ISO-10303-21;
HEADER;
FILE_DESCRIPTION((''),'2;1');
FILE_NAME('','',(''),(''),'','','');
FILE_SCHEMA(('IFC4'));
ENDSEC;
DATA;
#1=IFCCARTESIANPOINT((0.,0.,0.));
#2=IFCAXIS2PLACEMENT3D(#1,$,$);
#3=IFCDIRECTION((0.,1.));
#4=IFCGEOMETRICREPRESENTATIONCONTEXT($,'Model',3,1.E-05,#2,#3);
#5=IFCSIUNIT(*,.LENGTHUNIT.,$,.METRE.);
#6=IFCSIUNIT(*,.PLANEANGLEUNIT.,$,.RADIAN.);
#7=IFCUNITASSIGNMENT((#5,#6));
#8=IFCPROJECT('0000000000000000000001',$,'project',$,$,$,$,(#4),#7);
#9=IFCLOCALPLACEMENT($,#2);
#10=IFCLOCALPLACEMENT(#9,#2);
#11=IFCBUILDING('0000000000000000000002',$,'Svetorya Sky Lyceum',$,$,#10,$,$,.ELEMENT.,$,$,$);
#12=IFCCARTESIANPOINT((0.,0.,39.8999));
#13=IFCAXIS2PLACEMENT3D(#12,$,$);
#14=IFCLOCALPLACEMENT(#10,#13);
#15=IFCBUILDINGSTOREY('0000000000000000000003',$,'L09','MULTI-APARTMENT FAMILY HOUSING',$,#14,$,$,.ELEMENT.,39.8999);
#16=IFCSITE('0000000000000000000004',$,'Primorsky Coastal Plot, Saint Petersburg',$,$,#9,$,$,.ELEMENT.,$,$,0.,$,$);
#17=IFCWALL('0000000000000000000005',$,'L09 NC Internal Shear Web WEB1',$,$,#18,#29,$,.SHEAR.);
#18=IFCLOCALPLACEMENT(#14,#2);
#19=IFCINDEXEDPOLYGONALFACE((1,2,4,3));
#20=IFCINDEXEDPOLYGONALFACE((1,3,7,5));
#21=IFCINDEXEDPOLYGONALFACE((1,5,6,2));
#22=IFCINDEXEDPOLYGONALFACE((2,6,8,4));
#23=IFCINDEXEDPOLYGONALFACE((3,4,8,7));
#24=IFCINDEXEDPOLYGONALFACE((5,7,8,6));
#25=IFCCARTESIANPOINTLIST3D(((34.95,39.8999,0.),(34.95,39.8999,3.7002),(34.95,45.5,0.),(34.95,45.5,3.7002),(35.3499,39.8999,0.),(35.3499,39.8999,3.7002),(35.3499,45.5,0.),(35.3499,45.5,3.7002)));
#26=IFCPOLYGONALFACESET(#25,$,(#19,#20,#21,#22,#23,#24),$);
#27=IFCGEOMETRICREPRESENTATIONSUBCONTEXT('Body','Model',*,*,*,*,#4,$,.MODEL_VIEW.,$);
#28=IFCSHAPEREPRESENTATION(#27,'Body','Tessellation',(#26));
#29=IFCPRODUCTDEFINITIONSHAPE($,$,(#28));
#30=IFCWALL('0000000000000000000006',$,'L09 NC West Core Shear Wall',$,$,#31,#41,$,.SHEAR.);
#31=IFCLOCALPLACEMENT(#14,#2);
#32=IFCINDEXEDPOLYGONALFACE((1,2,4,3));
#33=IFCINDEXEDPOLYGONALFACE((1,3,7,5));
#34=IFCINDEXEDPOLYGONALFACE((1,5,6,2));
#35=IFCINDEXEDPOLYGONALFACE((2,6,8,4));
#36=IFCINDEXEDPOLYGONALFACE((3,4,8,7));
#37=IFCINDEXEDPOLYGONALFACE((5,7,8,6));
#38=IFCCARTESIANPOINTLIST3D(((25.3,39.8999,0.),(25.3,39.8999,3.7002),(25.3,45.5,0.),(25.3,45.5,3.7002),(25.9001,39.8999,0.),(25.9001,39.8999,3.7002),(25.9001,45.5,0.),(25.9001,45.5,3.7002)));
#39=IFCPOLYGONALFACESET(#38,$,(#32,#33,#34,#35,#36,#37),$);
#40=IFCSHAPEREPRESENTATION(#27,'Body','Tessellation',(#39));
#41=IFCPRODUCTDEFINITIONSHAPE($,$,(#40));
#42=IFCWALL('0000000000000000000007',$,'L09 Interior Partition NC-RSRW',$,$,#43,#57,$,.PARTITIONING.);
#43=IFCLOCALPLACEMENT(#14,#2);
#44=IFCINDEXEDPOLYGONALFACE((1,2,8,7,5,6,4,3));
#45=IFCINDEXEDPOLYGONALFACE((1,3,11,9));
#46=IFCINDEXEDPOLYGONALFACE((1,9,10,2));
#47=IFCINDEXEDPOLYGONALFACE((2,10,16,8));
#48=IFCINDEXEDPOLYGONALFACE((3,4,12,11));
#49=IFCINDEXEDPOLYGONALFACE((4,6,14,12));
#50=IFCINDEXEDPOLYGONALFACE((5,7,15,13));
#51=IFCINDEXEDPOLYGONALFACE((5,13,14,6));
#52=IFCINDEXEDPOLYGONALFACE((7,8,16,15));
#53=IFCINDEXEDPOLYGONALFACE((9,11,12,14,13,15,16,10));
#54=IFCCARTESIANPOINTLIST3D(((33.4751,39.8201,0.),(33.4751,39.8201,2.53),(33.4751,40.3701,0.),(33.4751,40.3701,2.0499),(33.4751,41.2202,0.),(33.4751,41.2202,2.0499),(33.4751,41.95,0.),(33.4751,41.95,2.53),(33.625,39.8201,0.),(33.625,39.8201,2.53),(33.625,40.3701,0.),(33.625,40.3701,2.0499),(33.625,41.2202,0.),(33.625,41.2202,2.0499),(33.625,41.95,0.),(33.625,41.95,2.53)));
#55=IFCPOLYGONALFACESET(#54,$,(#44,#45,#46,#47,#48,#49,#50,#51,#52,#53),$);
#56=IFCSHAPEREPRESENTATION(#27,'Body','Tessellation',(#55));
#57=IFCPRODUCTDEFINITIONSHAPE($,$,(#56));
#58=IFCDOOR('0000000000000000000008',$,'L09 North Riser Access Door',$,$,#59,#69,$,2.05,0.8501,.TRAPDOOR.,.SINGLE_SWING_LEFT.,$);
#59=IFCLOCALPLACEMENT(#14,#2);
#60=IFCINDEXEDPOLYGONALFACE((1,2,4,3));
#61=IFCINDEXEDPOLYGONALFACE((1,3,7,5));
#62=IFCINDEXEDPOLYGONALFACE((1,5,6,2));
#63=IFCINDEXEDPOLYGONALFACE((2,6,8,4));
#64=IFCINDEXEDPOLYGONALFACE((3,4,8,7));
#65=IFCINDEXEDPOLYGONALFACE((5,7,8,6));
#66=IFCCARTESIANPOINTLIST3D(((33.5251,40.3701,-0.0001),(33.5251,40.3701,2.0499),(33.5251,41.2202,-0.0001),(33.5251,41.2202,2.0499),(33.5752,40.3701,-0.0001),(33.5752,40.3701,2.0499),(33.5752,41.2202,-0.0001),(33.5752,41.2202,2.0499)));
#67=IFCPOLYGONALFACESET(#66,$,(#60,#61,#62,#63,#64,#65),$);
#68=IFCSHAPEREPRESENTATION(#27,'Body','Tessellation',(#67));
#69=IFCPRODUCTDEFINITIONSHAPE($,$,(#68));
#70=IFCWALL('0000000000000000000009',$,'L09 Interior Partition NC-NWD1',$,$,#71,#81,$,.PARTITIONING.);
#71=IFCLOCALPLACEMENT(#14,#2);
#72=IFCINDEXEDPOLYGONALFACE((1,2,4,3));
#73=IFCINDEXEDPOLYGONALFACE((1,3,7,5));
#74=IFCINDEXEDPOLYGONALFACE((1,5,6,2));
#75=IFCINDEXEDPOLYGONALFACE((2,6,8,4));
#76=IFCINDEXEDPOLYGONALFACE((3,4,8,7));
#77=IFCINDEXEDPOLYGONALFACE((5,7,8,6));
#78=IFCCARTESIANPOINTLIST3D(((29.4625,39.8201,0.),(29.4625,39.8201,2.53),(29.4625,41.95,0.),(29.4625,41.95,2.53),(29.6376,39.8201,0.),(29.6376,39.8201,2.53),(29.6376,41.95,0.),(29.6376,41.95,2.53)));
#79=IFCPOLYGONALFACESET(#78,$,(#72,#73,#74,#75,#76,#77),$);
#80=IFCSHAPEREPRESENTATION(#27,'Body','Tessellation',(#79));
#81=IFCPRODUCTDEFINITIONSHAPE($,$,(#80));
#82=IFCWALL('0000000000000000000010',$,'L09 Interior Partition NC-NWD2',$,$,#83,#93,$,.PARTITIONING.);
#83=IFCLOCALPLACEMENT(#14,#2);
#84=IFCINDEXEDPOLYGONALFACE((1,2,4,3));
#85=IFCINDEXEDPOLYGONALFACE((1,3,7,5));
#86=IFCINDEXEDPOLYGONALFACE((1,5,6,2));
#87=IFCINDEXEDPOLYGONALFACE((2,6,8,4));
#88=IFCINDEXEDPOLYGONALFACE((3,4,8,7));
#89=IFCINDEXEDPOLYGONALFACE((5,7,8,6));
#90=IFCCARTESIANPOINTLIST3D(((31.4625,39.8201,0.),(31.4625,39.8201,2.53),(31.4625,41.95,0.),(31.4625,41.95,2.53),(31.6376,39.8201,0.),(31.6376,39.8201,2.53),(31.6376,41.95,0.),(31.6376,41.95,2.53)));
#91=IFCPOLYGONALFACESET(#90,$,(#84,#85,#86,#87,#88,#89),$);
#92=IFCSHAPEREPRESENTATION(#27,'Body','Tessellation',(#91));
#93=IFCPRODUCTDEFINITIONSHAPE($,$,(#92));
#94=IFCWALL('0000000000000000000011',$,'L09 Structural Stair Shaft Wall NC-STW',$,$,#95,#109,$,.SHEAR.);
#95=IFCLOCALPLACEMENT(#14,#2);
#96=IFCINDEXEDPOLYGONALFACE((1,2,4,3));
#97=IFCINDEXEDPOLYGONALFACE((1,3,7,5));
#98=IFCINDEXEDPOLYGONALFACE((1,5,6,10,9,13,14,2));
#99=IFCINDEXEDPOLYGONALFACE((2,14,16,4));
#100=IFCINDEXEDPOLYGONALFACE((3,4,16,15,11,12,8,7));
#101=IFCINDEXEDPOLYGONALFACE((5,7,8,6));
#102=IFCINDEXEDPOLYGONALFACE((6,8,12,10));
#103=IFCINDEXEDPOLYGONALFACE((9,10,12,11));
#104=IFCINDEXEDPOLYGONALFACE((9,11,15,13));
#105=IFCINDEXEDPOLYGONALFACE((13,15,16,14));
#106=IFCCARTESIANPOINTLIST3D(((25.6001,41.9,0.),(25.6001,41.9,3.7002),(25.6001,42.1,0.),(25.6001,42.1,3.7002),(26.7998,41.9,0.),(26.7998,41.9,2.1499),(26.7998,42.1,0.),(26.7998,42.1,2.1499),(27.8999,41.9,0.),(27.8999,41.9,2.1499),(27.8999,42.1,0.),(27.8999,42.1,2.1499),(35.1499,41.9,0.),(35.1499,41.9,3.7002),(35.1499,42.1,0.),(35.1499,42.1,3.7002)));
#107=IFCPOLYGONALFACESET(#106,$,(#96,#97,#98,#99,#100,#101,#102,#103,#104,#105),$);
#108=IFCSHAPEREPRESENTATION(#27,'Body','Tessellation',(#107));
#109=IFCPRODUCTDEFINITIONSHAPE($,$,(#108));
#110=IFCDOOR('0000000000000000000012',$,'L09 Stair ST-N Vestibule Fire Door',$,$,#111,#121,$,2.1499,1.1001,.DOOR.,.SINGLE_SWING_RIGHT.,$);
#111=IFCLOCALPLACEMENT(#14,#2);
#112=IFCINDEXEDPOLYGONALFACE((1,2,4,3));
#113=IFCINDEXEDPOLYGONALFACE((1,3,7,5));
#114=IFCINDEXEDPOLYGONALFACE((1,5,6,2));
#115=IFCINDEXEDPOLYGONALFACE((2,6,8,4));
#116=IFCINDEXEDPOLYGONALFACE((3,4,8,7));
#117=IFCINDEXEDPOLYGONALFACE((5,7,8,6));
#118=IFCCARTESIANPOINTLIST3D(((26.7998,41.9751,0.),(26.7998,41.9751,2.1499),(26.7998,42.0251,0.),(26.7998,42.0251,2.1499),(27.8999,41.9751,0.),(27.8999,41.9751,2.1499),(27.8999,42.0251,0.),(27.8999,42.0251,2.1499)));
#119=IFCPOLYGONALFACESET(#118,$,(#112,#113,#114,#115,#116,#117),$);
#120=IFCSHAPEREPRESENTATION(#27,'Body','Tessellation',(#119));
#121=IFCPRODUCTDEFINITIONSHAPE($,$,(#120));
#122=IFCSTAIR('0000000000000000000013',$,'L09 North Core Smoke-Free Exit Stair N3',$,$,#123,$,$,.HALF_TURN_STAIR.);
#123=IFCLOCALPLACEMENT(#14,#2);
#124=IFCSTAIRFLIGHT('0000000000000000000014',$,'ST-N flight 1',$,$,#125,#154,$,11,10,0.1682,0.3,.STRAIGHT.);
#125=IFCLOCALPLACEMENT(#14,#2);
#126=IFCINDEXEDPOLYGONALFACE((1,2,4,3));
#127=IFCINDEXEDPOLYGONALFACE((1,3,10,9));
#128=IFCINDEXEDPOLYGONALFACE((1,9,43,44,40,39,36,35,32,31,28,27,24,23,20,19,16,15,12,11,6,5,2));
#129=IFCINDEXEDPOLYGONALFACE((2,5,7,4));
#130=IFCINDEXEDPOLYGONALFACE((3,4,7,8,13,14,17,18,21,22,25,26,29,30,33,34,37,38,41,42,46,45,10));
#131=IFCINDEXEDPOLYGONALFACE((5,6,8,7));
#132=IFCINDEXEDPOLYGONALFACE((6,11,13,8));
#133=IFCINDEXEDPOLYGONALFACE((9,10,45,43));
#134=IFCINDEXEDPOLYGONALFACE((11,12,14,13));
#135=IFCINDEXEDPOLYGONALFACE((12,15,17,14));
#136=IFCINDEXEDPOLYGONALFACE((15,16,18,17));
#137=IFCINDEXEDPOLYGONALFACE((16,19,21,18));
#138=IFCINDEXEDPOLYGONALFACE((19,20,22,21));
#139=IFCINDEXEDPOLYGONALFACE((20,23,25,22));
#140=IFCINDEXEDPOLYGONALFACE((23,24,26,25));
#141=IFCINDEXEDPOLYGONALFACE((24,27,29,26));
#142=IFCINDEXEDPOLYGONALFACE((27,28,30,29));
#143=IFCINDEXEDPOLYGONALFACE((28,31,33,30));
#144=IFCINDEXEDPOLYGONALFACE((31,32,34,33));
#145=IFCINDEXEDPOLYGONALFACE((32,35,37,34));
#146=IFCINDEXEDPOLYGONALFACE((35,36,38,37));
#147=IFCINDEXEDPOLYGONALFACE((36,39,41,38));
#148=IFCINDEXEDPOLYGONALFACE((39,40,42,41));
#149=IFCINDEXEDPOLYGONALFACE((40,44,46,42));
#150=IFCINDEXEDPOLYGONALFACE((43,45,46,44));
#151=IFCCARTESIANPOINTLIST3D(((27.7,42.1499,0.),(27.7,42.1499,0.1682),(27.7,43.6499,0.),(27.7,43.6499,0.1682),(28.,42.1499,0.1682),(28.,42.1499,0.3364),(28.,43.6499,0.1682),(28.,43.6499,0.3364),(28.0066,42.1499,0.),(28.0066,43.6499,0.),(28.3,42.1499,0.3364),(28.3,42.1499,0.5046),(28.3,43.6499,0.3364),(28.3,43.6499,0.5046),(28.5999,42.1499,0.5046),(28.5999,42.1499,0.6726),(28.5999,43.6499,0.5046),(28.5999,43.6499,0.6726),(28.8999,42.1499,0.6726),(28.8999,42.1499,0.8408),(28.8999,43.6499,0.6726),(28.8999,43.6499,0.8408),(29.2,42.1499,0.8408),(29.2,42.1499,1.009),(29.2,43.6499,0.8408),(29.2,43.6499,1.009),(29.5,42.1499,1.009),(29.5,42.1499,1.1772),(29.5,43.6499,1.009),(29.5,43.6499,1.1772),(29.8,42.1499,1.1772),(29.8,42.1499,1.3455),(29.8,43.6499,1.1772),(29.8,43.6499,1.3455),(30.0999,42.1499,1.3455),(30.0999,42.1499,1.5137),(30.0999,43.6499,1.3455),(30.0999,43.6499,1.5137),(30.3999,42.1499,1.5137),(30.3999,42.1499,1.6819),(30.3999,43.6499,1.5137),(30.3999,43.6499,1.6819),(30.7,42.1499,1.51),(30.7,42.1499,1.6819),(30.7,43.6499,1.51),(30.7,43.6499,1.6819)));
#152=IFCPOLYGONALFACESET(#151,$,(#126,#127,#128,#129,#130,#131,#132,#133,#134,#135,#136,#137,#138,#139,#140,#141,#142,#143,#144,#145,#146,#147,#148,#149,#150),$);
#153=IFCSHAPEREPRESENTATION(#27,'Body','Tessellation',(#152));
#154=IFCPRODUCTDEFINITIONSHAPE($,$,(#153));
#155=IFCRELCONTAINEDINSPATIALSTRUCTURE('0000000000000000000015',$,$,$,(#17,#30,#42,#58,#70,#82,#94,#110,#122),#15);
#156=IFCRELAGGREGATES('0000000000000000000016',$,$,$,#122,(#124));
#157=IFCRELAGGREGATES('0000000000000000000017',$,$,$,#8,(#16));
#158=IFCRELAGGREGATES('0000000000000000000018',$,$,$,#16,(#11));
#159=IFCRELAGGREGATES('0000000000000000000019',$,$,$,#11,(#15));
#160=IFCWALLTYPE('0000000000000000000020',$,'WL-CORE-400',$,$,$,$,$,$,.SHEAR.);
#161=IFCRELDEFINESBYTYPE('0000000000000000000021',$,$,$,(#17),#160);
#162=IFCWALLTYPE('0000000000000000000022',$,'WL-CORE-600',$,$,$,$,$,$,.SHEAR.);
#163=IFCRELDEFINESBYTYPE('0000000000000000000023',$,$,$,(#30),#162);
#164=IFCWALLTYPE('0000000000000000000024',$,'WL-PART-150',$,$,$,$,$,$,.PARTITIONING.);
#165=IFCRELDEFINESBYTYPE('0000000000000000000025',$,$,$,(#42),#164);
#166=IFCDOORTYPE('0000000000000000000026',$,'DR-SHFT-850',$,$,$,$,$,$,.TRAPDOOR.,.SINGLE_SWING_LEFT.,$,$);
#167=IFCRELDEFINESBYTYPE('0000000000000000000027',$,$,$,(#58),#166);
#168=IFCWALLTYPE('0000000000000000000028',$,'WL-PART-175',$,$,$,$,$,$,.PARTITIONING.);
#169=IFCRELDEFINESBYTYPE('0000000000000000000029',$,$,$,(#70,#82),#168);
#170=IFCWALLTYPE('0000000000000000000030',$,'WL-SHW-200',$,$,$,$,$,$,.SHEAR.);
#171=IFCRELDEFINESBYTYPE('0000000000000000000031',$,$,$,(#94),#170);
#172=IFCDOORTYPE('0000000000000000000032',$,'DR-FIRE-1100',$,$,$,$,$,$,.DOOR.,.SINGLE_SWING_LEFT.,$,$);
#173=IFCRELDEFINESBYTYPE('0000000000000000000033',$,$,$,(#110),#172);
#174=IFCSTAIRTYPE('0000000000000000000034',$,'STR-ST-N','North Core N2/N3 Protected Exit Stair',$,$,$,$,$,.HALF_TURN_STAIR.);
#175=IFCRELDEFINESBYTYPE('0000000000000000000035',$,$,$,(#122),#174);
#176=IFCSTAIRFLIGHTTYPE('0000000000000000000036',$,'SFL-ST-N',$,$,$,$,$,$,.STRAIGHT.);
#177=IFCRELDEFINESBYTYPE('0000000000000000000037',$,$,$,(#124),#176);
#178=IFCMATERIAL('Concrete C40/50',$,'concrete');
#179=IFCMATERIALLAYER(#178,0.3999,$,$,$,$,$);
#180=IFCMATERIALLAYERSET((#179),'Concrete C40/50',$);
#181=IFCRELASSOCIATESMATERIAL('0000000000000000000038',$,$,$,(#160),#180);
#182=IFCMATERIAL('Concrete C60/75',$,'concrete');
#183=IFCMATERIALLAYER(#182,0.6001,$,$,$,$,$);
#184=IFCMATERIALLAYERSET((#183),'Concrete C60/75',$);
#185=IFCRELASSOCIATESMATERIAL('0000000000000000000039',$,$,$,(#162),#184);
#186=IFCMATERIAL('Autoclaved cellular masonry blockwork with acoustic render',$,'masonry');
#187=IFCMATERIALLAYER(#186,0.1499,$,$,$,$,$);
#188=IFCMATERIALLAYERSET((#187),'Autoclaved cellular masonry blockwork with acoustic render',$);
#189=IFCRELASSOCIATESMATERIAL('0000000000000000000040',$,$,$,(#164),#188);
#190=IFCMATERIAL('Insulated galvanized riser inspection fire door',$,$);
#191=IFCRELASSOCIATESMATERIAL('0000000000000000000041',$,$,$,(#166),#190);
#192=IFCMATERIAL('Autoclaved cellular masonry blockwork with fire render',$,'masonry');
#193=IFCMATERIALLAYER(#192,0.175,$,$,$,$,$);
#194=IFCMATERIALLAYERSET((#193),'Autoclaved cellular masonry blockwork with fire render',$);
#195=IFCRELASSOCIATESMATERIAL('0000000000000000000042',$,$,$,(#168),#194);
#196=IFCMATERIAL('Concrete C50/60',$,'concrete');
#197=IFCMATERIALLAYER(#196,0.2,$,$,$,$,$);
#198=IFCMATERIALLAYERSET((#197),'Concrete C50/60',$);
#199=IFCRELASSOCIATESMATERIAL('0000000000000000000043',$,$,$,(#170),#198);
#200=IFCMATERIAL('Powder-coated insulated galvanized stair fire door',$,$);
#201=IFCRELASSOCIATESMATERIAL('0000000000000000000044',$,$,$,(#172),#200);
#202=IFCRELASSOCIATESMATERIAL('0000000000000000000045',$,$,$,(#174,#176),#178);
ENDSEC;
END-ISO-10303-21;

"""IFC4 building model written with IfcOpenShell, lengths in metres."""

from ifc_helpers import new_model, si_unit, direction, frame, frame_2d, origin, place, context, subcontext, project, spatial, polyline, rectangle, outline, extrude, material, layer, layer_set, type_object, element, fill, aggregate, save


model = new_model("IFC4")

# Units and contexts
model_context = context("Model", 3, precision=1e-05, world=origin(), true_north=direction((0.0, 1.0)))
body_context = subcontext(model_context, "Body", "Model", "MODEL_VIEW")
ifc_project = project(units=[si_unit("LENGTHUNIT", "METRE"), si_unit("PLANEANGLEUNIT", "RADIAN")], contexts=[model_context])

# Site, building, storey
site_placement = place(None, origin())
site = spatial("IfcSite", under=ifc_project, at=site_placement, Name="Primorsky Coastal Plot, Saint Petersburg", CompositionType="ELEMENT", RefElevation=0.0)
building_placement = place(site_placement, origin())
building = spatial("IfcBuilding", under=site, at=building_placement, Name="Svetorya Sky Lyceum", CompositionType="ELEMENT")
storey_placement = place(building_placement, frame((0.0, 0.0, 39.8999)))
storey = spatial("IfcBuildingStorey", under=building, at=storey_placement, Name="L09", Description="MULTI-APARTMENT FAMILY HOUSING", CompositionType="ELEMENT", Elevation=39.8999)

# Shared definitions
ifc_material_1 = material(Name="Concrete C60/75", Category="concrete")

# Walls
ifc_material_2 = material(Name="Concrete C40/50", Category="concrete")
ifc_layer_1 = layer(ifc_material_2, 0.3999)
ifc_layer_set_1 = layer_set([ifc_layer_1], Name="Concrete C40/50")
wall_type_1 = type_object("IfcWallType", Name="WL-CORE-400", PredefinedType="SHEAR", material=ifc_layer_set_1)
wall_1_placement = place(storey_placement, frame((35.1499, 39.8999, 0.0), z_axis=(0.0, 0.0, 1.0), x_axis=(0.0, 1.0, 0.0)))
element("IfcWall", 1, at=wall_1_placement, inside=storey, type_object=wall_type_1, Name="L09 NC Internal Shear Web WEB1", PredefinedType="SHEAR", context=body_context, shape_type="SweptSolid", body=[
    extrude(rectangle(XDim=5.6001, YDim=0.3999, at=frame_2d((2.8, 0.0))), origin(), (0.0, 0.0, 1.0), 3.7002),
])
ifc_layer_2 = layer(ifc_material_1, 0.6001)
ifc_layer_set_2 = layer_set([ifc_layer_2], Name="Concrete C60/75")
wall_type_2 = type_object("IfcWallType", Name="WL-CORE-600", PredefinedType="SHEAR", material=ifc_layer_set_2)
wall_2_placement = place(storey_placement, frame((25.6001, 39.8999, 0.0), z_axis=(0.0, 0.0, 1.0), x_axis=(0.0, 1.0, 0.0)))
element("IfcWall", 2, at=wall_2_placement, inside=storey, type_object=wall_type_2, Name="L09 NC West Core Shear Wall", PredefinedType="SHEAR", context=body_context, shape_type="SweptSolid", body=[
    extrude(rectangle(XDim=5.6001, YDim=0.6001, at=frame_2d((2.8, 0.0))), origin(), (0.0, 0.0, 1.0), 3.7002),
])

# Wall, opening, door
ifc_material_3 = material(Name="Autoclaved cellular masonry blockwork with acoustic render", Category="masonry")
ifc_layer_3 = layer(ifc_material_3, 0.1499)
ifc_layer_set_3 = layer_set([ifc_layer_3], Name="Autoclaved cellular masonry blockwork with acoustic render")
wall_type_3 = type_object("IfcWallType", Name="WL-PART-150", PredefinedType="PARTITIONING", material=ifc_layer_set_3)
wall_3_placement = place(storey_placement, frame((33.55, 39.8201, 0.0), z_axis=(0.0, 0.0, 1.0), x_axis=(0.0, 1.0, 0.0)))
wall_3 = element("IfcWall", 3, at=wall_3_placement, inside=storey, type_object=wall_type_3, Name="L09 Interior Partition NC-RSRW", PredefinedType="PARTITIONING", context=body_context, shape_type="SweptSolid", body=[
    extrude(rectangle(XDim=2.1299, YDim=0.1499, at=frame_2d((1.0649, 0.0))), origin(), (0.0, 0.0, 1.0), 2.53),
])
opening_1_placement = place(wall_3_placement, frame((0.55, 0.0, 0.0)))
opening_1 = element("IfcOpeningElement", 4, at=opening_1_placement, cuts=wall_3, PredefinedType="OPENING", context=body_context, shape_type="SweptSolid", body=[
    extrude(rectangle(XDim=0.8501, YDim=2.05, at=frame_2d((0.425, 1.0249))), frame((0.0, 0.085, 0.0), z_axis=(0.0, -1.0, 0.0), x_axis=(1.0, 0.0, 0.0)), (0.0, 0.0, 1.0), 0.1699),
])
ifc_material_4 = material(Name="Insulated galvanized riser inspection fire door")
door_type_1 = type_object("IfcDoorType", Name="DR-SHFT-850", OperationType="SINGLE_SWING_LEFT", PredefinedType="TRAPDOOR", material=ifc_material_4)
door_1_placement = place(opening_1_placement, origin())
door_1 = element("IfcDoor", 5, at=door_1_placement, inside=storey, type_object=door_type_1, Name="L09 North Riser Access Door", OperationType="SINGLE_SWING_LEFT", OverallHeight=2.05, OverallWidth=0.8501, PredefinedType="TRAPDOOR", context=body_context, shape_type="SweptSolid", body=[
    extrude(rectangle(XDim=0.8501, YDim=2.05, at=frame_2d((0.425, 1.0249))), frame((0.0, 0.0249, 0.0), z_axis=(0.0, -1.0, 0.0), x_axis=(1.0, 0.0, 0.0)), (0.0, 0.0, 1.0), 0.05),
])
fill(opening_1, door_1)

# Walls
ifc_material_5 = material(Name="Autoclaved cellular masonry blockwork with fire render", Category="masonry")
ifc_layer_4 = layer(ifc_material_5, 0.175)
ifc_layer_set_4 = layer_set([ifc_layer_4], Name="Autoclaved cellular masonry blockwork with fire render")
wall_type_4 = type_object("IfcWallType", Name="WL-PART-175", PredefinedType="PARTITIONING", material=ifc_layer_set_4)
for number, where, z_axis, x_axis, name in (
    (6, (29.55, 39.8201, 0.0), (0.0, 0.0, 1.0), (0.0, 1.0, 0.0), "L09 Interior Partition NC-NWD1"),
    (7, (31.55, 39.8201, 0.0), (0.0, 0.0, 1.0), (0.0, 1.0, 0.0), "L09 Interior Partition NC-NWD2"),
):
    element("IfcWall", number, at=place(storey_placement, frame(where, z_axis=z_axis, x_axis=x_axis)), inside=storey, type_object=wall_type_4, Name=name, PredefinedType="PARTITIONING", context=body_context, shape_type="SweptSolid", body=[
        extrude(rectangle(XDim=2.1299, YDim=0.175, at=frame_2d((1.0649, 0.0))), origin(), (0.0, 0.0, 1.0), 2.53),
    ])

# Wall, opening, door
ifc_material_6 = material(Name="Concrete C50/60", Category="concrete")
ifc_layer_5 = layer(ifc_material_6, 0.2)
ifc_layer_set_5 = layer_set([ifc_layer_5], Name="Concrete C50/60")
wall_type_5 = type_object("IfcWallType", Name="WL-SHW-200", PredefinedType="SHEAR", material=ifc_layer_set_5)
wall_4_placement = place(storey_placement, frame((35.1499, 42.0, 0.0), z_axis=(0.0, 0.0, 1.0), x_axis=(-1.0, 0.0, 0.0)))
wall_4 = element("IfcWall", 8, at=wall_4_placement, inside=storey, type_object=wall_type_5, Name="L09 Structural Stair Shaft Wall NC-STW", PredefinedType="SHEAR", context=body_context, shape_type="SweptSolid", body=[
    extrude(rectangle(XDim=9.5498, YDim=0.2, at=frame_2d((4.7749, 0.0))), origin(), (0.0, 0.0, 1.0), 3.7002),
])
opening_2_placement = place(wall_4_placement, frame((7.25, 0.0, 0.0)))
opening_2 = element("IfcOpeningElement", 9, at=opening_2_placement, cuts=wall_4, PredefinedType="OPENING", context=body_context, shape_type="SweptSolid", body=[
    extrude(rectangle(XDim=1.1001, YDim=2.1499, at=frame_2d((0.55, 1.075))), frame((0.0, 0.1099, 0.0), z_axis=(0.0, -1.0, 0.0), x_axis=(1.0, 0.0, 0.0)), (0.0, 0.0, 1.0), 0.22),
])
ifc_material_7 = material(Name="Powder-coated insulated galvanized stair fire door")
door_type_2 = type_object("IfcDoorType", Name="DR-FIRE-1100", OperationType="SINGLE_SWING_LEFT", PredefinedType="DOOR", material=ifc_material_7)
door_2_placement = place(opening_2_placement, origin())
door_2 = element("IfcDoor", 10, at=door_2_placement, inside=storey, type_object=door_type_2, Name="L09 Stair ST-N Vestibule Fire Door", OperationType="SINGLE_SWING_RIGHT", OverallHeight=2.1499, OverallWidth=1.1001, PredefinedType="DOOR", context=body_context, shape_type="SweptSolid", body=[
    extrude(rectangle(XDim=1.1001, YDim=2.1499, at=frame_2d((0.55, 1.075))), frame((0.0, 0.0249, 0.0), z_axis=(0.0, -1.0, 0.0), x_axis=(1.0, 0.0, 0.0)), (0.0, 0.0, 1.0), 0.05),
])
fill(opening_2, door_2)

# Stair, stair flight
stair_type = type_object("IfcStairType", Name="STR-ST-N", Description="North Core N2/N3 Protected Exit Stair", PredefinedType="HALF_TURN_STAIR", material=ifc_material_2)
stair_placement = place(storey_placement, origin())
stair = element("IfcStair", 11, at=stair_placement, inside=storey, type_object=stair_type, Name="L09 North Core Smoke-Free Exit Stair N3", PredefinedType="HALF_TURN_STAIR")
stair_flight_type = type_object("IfcStairFlightType", Name="SFL-ST-N", PredefinedType="STRAIGHT", material=ifc_material_2)
stair_flight_placement = place(storey_placement, frame((27.7, 42.8999, 0.0), z_axis=(0.0, 0.0, 1.0), x_axis=(1.0, 0.0, 0.0)))
stair_flight = element("IfcStairFlight", 12, at=stair_flight_placement, type_object=stair_flight_type, Name="ST-N flight 1", NumberOfRisers=11, NumberOfTreads=10, PredefinedType="STRAIGHT", RiserHeight=0.1682, TreadLength=0.3, context=body_context, shape_type="SweptSolid", body=[
    extrude(outline(polyline([(0.0, 0.0), (0.0, 0.1682), (0.3, 0.1682), (0.3, 0.3364), (0.6001, 0.3364), (0.6001, 0.5046), (0.8999, 0.5046), (0.8999, 0.6726), (1.2, 0.6726), (1.2, 0.8408), (1.5, 0.8408), (1.5, 1.009), (1.8, 1.009), (1.8, 1.1772), (2.1001, 1.1772), (2.1001, 1.3455), (2.3999, 1.3455), (2.3999, 1.5137), (2.7, 1.5137), (2.7, 1.6819), (3.0, 1.6819), (3.0, 1.8501), (3.0, 1.51), (0.3066, 0.0), (0.0, 0.0)])), frame((0.0, 0.75, 0.0), z_axis=(0.0, -1.0, 0.0), x_axis=(1.0, 0.0, 0.0)), (0.0, 0.0, 1.0), 1.5),
])
aggregate(stair, [stair_flight])

save(model, "model.ifc")
